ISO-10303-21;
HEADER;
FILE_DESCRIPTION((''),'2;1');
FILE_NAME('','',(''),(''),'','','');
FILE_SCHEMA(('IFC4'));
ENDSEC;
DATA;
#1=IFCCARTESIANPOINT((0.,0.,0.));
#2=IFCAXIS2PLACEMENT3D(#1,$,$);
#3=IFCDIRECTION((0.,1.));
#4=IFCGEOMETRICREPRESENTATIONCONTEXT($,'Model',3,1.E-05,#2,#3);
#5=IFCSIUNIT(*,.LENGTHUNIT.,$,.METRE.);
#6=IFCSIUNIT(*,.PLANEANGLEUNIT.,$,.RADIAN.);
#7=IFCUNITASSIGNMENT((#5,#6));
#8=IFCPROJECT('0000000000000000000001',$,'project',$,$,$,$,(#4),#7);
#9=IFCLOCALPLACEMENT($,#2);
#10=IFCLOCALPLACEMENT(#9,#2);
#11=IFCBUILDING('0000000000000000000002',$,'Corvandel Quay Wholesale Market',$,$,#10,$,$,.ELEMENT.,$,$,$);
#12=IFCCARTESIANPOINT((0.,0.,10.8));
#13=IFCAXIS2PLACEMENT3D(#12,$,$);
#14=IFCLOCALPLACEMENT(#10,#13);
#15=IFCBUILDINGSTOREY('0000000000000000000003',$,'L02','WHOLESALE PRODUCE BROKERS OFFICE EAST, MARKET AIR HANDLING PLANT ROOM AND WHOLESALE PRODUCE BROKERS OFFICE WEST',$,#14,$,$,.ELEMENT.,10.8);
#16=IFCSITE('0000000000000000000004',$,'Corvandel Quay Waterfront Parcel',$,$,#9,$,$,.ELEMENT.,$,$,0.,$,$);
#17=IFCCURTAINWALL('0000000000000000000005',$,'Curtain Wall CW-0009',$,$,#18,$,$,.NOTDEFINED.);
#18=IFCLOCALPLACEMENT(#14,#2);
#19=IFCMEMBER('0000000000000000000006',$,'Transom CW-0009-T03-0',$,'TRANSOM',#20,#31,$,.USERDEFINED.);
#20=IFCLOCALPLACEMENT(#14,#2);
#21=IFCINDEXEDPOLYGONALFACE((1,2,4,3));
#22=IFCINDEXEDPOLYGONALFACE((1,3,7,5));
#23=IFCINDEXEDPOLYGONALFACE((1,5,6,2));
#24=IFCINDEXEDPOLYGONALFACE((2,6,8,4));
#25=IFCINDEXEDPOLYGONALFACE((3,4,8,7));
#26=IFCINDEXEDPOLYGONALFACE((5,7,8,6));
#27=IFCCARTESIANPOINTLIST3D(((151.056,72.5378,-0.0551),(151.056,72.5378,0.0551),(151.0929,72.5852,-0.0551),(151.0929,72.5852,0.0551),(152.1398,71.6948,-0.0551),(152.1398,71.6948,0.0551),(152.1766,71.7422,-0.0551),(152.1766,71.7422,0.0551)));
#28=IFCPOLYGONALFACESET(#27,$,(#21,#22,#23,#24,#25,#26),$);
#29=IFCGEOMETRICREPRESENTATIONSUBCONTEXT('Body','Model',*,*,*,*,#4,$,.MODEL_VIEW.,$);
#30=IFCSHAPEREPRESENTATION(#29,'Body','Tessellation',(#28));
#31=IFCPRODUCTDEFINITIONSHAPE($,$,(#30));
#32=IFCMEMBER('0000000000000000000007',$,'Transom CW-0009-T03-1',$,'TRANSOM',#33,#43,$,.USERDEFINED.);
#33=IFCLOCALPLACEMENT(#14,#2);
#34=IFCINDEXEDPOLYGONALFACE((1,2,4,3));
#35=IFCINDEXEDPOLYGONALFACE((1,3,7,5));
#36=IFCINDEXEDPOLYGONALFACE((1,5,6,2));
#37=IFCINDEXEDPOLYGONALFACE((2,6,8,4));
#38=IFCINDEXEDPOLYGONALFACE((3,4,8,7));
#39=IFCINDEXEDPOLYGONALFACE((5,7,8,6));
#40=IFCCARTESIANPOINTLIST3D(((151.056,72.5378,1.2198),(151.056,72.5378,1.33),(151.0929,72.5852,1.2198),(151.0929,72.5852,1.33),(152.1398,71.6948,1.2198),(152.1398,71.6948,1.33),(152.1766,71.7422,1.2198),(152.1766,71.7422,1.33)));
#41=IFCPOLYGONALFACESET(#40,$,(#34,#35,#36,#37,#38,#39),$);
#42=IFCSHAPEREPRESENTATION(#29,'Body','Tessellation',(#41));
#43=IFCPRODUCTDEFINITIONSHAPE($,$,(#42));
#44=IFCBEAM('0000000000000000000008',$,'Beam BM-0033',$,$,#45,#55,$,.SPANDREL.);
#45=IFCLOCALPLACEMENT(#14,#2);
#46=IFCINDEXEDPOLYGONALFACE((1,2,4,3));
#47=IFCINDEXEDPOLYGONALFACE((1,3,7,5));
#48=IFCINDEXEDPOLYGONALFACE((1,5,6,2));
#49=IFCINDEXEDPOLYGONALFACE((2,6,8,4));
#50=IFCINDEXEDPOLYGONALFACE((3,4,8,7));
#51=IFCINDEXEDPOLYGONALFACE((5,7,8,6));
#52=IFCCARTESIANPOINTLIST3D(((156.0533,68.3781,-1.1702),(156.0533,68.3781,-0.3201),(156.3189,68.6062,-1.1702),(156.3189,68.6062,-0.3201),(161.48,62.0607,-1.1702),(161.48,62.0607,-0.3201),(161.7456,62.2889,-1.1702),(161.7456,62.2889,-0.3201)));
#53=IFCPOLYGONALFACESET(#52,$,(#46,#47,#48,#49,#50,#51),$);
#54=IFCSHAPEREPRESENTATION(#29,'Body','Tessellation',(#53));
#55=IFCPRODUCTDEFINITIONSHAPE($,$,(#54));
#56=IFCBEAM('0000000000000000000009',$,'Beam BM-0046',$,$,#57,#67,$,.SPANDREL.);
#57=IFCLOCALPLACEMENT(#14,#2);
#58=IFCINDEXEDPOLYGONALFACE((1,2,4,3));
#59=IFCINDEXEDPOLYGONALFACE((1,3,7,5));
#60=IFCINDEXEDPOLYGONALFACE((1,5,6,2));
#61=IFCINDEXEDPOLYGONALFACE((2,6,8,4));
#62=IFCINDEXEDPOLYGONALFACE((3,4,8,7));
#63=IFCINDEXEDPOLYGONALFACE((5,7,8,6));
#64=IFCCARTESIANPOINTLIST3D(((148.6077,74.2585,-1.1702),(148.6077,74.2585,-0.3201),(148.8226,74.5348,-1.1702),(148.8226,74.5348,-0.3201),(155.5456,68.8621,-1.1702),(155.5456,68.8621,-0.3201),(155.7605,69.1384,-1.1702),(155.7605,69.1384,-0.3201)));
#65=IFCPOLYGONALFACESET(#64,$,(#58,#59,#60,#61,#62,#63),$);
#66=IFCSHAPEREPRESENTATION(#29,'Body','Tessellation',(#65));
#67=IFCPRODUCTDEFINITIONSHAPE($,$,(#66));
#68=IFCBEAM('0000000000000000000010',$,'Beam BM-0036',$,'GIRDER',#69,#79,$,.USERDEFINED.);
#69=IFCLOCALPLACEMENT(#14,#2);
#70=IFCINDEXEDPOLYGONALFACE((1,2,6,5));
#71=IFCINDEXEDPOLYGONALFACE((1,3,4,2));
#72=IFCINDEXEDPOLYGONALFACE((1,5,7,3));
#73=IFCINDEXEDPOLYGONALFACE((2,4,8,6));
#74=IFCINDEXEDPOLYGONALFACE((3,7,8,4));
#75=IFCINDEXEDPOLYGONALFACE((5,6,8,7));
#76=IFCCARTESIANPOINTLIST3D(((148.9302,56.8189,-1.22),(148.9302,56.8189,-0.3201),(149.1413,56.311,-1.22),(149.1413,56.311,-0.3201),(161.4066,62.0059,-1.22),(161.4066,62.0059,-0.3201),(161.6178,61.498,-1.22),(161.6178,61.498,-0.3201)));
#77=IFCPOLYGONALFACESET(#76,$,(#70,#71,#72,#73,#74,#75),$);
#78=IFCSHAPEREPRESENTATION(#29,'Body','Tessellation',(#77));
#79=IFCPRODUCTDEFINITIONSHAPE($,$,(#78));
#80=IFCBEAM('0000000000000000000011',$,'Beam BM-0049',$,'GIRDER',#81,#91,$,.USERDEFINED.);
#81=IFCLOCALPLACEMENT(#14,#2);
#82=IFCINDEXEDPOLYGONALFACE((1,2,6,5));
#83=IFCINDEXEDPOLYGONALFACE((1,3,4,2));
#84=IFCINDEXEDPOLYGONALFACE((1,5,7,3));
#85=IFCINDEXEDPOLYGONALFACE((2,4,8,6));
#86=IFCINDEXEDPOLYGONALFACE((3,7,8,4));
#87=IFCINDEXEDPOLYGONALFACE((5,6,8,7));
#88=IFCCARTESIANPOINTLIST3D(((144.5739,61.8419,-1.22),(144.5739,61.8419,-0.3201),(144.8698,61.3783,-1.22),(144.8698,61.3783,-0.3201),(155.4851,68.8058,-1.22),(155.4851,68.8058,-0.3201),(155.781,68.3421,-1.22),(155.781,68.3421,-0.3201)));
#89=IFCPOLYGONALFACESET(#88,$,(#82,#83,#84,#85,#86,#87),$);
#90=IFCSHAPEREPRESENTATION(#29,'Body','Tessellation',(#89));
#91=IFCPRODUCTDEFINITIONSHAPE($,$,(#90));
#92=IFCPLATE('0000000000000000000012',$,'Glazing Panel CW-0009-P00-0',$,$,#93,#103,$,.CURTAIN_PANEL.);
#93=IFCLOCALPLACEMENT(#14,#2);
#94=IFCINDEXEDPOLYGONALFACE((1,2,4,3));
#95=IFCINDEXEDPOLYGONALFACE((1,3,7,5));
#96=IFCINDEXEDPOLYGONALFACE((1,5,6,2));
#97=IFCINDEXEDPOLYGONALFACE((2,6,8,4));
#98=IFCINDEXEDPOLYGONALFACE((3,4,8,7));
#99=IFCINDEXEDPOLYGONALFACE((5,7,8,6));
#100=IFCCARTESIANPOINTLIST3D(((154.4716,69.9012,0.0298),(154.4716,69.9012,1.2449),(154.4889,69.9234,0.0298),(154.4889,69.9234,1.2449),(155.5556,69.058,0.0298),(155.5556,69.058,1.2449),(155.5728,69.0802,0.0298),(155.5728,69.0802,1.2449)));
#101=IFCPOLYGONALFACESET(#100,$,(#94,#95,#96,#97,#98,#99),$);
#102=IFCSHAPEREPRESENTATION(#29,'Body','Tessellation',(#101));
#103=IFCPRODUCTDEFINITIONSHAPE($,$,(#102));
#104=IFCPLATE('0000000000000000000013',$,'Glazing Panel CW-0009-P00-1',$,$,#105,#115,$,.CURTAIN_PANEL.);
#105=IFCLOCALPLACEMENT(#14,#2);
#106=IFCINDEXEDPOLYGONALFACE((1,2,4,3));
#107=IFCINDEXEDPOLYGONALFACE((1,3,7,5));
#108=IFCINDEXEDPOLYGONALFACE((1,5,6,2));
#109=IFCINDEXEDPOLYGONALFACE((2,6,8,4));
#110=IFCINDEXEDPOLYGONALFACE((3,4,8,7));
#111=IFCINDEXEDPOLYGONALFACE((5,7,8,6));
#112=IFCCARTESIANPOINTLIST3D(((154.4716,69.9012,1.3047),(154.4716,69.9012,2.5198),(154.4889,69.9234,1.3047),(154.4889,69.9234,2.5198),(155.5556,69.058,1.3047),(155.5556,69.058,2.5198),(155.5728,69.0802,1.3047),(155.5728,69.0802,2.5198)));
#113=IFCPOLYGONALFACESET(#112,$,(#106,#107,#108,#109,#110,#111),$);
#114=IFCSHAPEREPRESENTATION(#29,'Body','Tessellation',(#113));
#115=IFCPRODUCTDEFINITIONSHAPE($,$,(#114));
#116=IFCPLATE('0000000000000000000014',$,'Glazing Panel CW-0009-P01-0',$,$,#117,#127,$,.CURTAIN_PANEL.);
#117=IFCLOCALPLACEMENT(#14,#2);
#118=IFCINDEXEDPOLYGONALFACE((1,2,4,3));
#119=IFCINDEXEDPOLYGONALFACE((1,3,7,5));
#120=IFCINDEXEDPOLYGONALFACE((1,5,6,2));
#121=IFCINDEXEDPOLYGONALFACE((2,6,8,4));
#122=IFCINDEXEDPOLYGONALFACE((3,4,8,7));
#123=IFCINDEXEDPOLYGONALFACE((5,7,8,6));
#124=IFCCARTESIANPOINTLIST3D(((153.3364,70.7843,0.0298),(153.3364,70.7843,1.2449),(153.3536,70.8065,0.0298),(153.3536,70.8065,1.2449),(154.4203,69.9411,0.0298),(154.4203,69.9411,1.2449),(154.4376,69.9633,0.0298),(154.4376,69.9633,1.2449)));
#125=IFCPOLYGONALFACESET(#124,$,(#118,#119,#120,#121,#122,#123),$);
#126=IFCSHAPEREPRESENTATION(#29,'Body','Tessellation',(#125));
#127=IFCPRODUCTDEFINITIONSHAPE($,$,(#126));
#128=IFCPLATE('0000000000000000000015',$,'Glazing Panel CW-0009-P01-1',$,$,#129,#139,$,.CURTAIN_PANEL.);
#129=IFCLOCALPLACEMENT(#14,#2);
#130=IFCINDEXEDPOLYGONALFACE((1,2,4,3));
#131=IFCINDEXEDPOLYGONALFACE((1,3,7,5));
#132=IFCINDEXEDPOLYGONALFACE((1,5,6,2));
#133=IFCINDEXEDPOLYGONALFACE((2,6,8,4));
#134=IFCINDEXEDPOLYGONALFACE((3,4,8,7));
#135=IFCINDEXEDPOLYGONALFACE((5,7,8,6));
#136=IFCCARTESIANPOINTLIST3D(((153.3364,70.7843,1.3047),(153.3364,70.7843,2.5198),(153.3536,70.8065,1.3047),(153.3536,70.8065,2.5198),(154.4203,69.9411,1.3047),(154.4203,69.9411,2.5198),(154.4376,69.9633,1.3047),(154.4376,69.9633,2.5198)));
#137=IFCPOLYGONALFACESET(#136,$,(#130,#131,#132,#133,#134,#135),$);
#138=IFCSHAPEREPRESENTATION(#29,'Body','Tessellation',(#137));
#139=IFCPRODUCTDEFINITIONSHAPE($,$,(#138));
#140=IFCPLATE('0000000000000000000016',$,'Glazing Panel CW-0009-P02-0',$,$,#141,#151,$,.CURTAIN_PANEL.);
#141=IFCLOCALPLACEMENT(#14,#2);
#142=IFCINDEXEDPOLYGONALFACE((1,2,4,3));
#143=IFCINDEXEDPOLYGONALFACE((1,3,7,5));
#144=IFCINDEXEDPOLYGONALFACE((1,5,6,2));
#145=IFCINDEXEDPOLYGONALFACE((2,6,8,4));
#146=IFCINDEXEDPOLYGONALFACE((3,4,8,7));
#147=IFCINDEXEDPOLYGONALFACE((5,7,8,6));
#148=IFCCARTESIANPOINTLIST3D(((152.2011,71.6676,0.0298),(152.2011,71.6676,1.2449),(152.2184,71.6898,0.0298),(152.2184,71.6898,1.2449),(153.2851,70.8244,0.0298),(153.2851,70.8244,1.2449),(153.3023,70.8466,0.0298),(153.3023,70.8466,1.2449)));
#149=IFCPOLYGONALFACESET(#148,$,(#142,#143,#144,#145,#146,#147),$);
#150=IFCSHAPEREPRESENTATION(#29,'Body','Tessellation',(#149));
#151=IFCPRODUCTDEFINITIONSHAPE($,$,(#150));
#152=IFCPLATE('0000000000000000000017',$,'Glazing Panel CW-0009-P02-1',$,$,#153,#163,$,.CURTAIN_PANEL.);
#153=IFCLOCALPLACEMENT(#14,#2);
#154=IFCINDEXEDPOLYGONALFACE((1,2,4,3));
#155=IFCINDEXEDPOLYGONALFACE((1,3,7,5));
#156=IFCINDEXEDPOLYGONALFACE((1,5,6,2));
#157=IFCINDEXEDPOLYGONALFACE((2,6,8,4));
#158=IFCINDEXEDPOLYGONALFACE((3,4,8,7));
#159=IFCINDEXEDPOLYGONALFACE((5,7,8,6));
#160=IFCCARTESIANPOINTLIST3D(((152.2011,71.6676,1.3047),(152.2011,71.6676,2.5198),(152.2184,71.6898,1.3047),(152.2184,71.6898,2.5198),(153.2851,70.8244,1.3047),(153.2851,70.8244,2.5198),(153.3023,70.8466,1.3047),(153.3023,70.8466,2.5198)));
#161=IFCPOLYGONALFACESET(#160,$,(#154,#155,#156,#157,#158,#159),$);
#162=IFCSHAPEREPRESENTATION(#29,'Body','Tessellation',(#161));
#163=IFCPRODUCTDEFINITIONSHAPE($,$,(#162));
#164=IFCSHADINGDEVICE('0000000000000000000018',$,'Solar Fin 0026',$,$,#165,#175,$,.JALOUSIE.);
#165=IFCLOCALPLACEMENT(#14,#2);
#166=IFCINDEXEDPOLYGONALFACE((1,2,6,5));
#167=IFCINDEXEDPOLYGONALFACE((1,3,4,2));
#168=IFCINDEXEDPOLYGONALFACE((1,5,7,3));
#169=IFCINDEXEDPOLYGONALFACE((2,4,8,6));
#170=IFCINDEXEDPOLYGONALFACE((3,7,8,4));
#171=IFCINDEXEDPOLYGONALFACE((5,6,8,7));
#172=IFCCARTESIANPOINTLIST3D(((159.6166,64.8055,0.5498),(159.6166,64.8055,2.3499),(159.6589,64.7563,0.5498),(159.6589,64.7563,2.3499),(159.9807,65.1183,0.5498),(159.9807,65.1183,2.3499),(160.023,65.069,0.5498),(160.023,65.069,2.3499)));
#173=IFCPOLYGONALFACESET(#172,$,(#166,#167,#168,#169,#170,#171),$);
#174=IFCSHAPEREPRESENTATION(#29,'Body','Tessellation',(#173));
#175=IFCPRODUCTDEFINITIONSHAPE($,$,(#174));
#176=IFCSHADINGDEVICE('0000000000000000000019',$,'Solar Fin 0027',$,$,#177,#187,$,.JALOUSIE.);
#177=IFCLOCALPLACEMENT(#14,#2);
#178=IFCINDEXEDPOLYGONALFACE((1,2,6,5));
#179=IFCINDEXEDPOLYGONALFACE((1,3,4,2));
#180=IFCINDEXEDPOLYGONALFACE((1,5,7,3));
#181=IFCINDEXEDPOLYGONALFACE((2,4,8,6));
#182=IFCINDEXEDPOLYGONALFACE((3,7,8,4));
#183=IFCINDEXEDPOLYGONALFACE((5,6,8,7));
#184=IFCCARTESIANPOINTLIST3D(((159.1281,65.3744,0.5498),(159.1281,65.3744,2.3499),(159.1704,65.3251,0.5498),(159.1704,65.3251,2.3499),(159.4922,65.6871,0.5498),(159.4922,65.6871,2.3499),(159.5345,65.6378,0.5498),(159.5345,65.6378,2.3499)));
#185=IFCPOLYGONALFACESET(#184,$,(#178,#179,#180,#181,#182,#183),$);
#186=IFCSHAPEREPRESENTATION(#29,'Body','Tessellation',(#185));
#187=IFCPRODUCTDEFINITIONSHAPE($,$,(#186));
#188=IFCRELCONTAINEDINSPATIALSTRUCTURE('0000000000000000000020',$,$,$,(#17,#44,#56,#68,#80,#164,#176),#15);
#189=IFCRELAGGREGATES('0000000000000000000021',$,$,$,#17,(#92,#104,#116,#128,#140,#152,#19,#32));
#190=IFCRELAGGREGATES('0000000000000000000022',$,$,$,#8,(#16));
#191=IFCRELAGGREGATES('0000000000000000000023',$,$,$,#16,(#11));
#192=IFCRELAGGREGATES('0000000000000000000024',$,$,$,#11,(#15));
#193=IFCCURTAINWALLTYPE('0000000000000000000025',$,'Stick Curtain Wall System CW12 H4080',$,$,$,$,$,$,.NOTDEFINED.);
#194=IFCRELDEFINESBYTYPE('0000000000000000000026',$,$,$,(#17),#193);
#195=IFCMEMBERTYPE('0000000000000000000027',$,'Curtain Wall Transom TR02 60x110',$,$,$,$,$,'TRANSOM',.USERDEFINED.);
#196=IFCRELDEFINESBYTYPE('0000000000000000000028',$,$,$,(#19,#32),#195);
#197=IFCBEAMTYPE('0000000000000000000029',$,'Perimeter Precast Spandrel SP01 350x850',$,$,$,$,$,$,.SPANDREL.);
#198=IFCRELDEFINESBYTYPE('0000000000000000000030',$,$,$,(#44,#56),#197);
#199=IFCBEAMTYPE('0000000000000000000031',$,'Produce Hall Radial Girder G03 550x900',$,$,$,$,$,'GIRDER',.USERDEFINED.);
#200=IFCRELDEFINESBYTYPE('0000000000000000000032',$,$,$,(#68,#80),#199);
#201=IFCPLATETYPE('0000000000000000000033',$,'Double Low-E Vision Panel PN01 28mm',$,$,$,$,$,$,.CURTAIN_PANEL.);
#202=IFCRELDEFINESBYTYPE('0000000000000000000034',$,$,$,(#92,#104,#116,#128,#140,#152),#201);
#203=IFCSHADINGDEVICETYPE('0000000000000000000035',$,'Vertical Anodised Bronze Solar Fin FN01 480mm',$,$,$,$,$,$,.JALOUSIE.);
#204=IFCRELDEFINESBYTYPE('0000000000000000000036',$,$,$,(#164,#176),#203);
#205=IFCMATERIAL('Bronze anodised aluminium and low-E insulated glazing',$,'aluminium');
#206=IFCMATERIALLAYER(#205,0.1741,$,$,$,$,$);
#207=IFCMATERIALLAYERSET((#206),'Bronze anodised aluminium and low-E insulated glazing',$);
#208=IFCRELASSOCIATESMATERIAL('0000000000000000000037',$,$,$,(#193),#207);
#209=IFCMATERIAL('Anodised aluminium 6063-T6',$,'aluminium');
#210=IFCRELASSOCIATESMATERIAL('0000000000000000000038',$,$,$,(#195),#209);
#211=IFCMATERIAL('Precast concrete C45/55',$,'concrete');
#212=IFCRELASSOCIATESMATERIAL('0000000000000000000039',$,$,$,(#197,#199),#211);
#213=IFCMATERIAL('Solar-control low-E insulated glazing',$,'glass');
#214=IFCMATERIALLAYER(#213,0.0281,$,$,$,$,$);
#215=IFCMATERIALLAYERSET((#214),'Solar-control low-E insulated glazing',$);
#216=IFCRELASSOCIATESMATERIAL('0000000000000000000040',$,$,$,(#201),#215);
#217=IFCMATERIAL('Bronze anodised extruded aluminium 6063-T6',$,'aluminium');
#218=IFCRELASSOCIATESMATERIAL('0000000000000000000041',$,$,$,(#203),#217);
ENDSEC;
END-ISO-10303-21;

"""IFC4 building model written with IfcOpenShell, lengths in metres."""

from ifc_helpers import new_model, si_unit, direction, frame, origin, origin_2d, place, context, subcontext, project, spatial, rectangle, extrude, material, layer, layer_set, material_profile, profile_set, type_object, element, aggregate, save


model = new_model("IFC4")

# Units and contexts
model_context = context("Model", 3, precision=1e-05, world=origin(), true_north=direction((0.0, 1.0)))
body_context = subcontext(model_context, "Body", "Model", "MODEL_VIEW")
ifc_project = project(units=[si_unit("LENGTHUNIT", "METRE"), si_unit("PLANEANGLEUNIT", "RADIAN")], contexts=[model_context])

# Site, building, storey
site_placement = place(None, origin())
site = spatial("IfcSite", under=ifc_project, at=site_placement, Name="Corvandel Quay Waterfront Parcel", CompositionType="ELEMENT", RefElevation=0.0)
building_placement = place(site_placement, origin())
building = spatial("IfcBuilding", under=site, at=building_placement, Name="Corvandel Quay Wholesale Market", CompositionType="ELEMENT")
storey_placement = place(building_placement, frame((0.0, 0.0, 10.8)))
storey = spatial("IfcBuildingStorey", under=building, at=storey_placement, Name="L02", Description="WHOLESALE PRODUCE BROKERS OFFICE EAST, MARKET AIR HANDLING PLANT ROOM AND WHOLESALE PRODUCE BROKERS OFFICE WEST", CompositionType="ELEMENT", Elevation=10.8)

# Shared definitions
ifc_material_1 = material(Name="Precast concrete C45/55", Category="concrete")

# Curtain wall, members
ifc_material_2 = material(Name="Bronze anodised aluminium and low-E insulated glazing", Category="aluminium")
ifc_layer_1 = layer(ifc_material_2, 0.1741)
ifc_layer_set_1 = layer_set([ifc_layer_1], Name="Bronze anodised aluminium and low-E insulated glazing")
curtain_wall_type = type_object("IfcCurtainWallType", Name="Stick Curtain Wall System CW12 H4080", PredefinedType="NOTDEFINED", material=ifc_layer_set_1)
curtain_wall_placement = place(storey_placement, origin())
curtain_wall = element("IfcCurtainWall", 1, at=curtain_wall_placement, inside=storey, type_object=curtain_wall_type, Name="Curtain Wall CW-0009", PredefinedType="NOTDEFINED")
ifc_material_3 = material(Name="Anodised aluminium 6063-T6", Category="aluminium")
ifc_material_profile_1 = material_profile(ifc_material_3, rectangle(XDim=0.0601, YDim=0.1101, at=origin_2d()), Name="ALU-TRN-60x110")
ifc_profile_set_1 = profile_set([ifc_material_profile_1], Name="Anodised aluminium 6063-T6")
member_type_1 = type_object("IfcMemberType", Name="Curtain Wall Transom TR02 60x110", ElementType="TRANSOM", PredefinedType="USERDEFINED", material=ifc_profile_set_1)
member_1_placement = place(storey_placement, frame((152.1582, 71.7185, 0.0), z_axis=(-0.789314, 0.61399, 0.0), x_axis=(-0.61399, -0.789314, 0.0)))
member_1 = element("IfcMember", 2, at=member_1_placement, type_object=member_type_1, Name="Transom CW-0009-T03-0", ObjectType="TRANSOM", PredefinedType="USERDEFINED", context=body_context, shape_type="SweptSolid", body=[
    extrude(rectangle(XDim=0.0601, YDim=0.1101, at=origin_2d()), origin(), (0.0, 0.0, 1.0), 1.373),
])
member_2_placement = place(storey_placement, frame((152.1582, 71.7185, 1.2749), z_axis=(-0.789314, 0.61399, 0.0), x_axis=(-0.61399, -0.789314, 0.0)))
member_2 = element("IfcMember", 3, at=member_2_placement, type_object=member_type_1, Name="Transom CW-0009-T03-1", ObjectType="TRANSOM", PredefinedType="USERDEFINED", context=body_context, shape_type="SweptSolid", body=[
    extrude(rectangle(XDim=0.0601, YDim=0.1101, at=origin_2d()), origin(), (0.0, 0.0, 1.0), 1.373),
])

# Beams
ifc_material_profile_2 = material_profile(ifc_material_1, rectangle(XDim=0.3501, YDim=0.8501, at=origin_2d()), Name="PC-SPN-350x850")
ifc_profile_set_2 = profile_set([ifc_material_profile_2], Name="Precast concrete C45/55")
beam_type_1 = type_object("IfcBeamType", Name="Perimeter Precast Spandrel SP01 350x850", PredefinedType="SPANDREL", material=ifc_profile_set_2)
beam_1_placement = place(storey_placement, frame((161.6128, 62.1748, -0.7451), z_axis=(-0.651612, 0.758553, 0.0), x_axis=(-0.758553, -0.651612, 0.0)))
element("IfcBeam", 4, at=beam_1_placement, inside=storey, type_object=beam_type_1, Name="Beam BM-0033", PredefinedType="SPANDREL", context=body_context, shape_type="SweptSolid", body=[
    extrude(rectangle(XDim=0.3501, YDim=0.8501, at=origin_2d()), origin(), (0.0, 0.0, 1.0), 8.3281),
])
beam_2_placement = place(storey_placement, frame((155.6531, 69.0002, -0.7451), z_axis=(-0.789337, 0.61396, 0.0), x_axis=(-0.61396, -0.789337, 0.0)))
element("IfcBeam", 5, at=beam_2_placement, inside=storey, type_object=beam_type_1, Name="Beam BM-0046", PredefinedType="SPANDREL", context=body_context, shape_type="SweptSolid", body=[
    extrude(rectangle(XDim=0.3501, YDim=0.8501, at=origin_2d()), origin(), (0.0, 0.0, 1.0), 8.7896),
])
ifc_material_profile_3 = material_profile(ifc_material_1, rectangle(XDim=0.55, YDim=0.8999, at=origin_2d()), Name="PC-GIR-550x900")
ifc_profile_set_3 = profile_set([ifc_material_profile_3], Name="Precast concrete C45/55")
beam_type_2 = type_object("IfcBeamType", Name="Produce Hall Radial Girder G03 550x900", ElementType="GIRDER", PredefinedType="USERDEFINED", material=ifc_profile_set_3)
beam_3_placement = place(storey_placement, frame((161.5122, 61.752, -0.77), z_axis=(-0.92338, -0.383887, 0.0), x_axis=(0.383887, -0.92338, 0.0)))
element("IfcBeam", 6, at=beam_3_placement, inside=storey, type_object=beam_type_2, Name="Beam BM-0036", ObjectType="GIRDER", PredefinedType="USERDEFINED", context=body_context, shape_type="SweptSolid", body=[
    extrude(rectangle(XDim=0.55, YDim=0.8999, at=origin_2d()), origin(), (0.0, 0.0, 1.0), 13.5117),
])
beam_4_placement = place(storey_placement, frame((155.6331, 68.574, -0.77), z_axis=(-0.842946, -0.537998, 0.0), x_axis=(0.537998, -0.842946, 0.0)))
element("IfcBeam", 7, at=beam_4_placement, inside=storey, type_object=beam_type_2, Name="Beam BM-0049", ObjectType="GIRDER", PredefinedType="USERDEFINED", context=body_context, shape_type="SweptSolid", body=[
    extrude(rectangle(XDim=0.55, YDim=0.8999, at=origin_2d()), origin(), (0.0, 0.0, 1.0), 12.9441),
])

# Plates
ifc_material_4 = material(Name="Solar-control low-E insulated glazing", Category="glass")
ifc_layer_2 = layer(ifc_material_4, 0.0281)
ifc_layer_set_2 = layer_set([ifc_layer_2], Name="Solar-control low-E insulated glazing")
plate_type = type_object("IfcPlateType", Name="Double Low-E Vision Panel PN01 28mm", PredefinedType="CURTAIN_PANEL", material=ifc_layer_set_2)
plate_1_placement = place(storey_placement, frame((155.0222, 69.4907, 0.0298), z_axis=(0.0, 0.0, 1.0), x_axis=(-0.789298, 0.61401, 0.0)))
plate_1 = element("IfcPlate", 8, at=plate_1_placement, type_object=plate_type, Name="Glazing Panel CW-0009-P00-0", PredefinedType="CURTAIN_PANEL", context=body_context, shape_type="SweptSolid", body=[
    extrude(rectangle(XDim=1.3733, YDim=0.0281, at=origin_2d()), origin(), (0.0, 0.0, 1.0), 1.2151),
])
plate_2_placement = place(storey_placement, frame((155.0222, 69.4907, 1.3047), z_axis=(0.0, 0.0, 1.0), x_axis=(-0.789298, 0.61401, 0.0)))
plate_2 = element("IfcPlate", 9, at=plate_2_placement, type_object=plate_type, Name="Glazing Panel CW-0009-P00-1", PredefinedType="CURTAIN_PANEL", context=body_context, shape_type="SweptSolid", body=[
    extrude(rectangle(XDim=1.3733, YDim=0.0281, at=origin_2d()), origin(), (0.0, 0.0, 1.0), 1.2151),
])
plate_3_placement = place(storey_placement, frame((153.887, 70.3738, 0.0298), z_axis=(0.0, 0.0, 1.0), x_axis=(-0.789298, 0.61401, 0.0)))
plate_3 = element("IfcPlate", 10, at=plate_3_placement, type_object=plate_type, Name="Glazing Panel CW-0009-P01-0", PredefinedType="CURTAIN_PANEL", context=body_context, shape_type="SweptSolid", body=[
    extrude(rectangle(XDim=1.3733, YDim=0.0281, at=origin_2d()), origin(), (0.0, 0.0, 1.0), 1.2151),
])
plate_4_placement = place(storey_placement, frame((153.887, 70.3738, 1.3047), z_axis=(0.0, 0.0, 1.0), x_axis=(-0.789298, 0.61401, 0.0)))
plate_4 = element("IfcPlate", 11, at=plate_4_placement, type_object=plate_type, Name="Glazing Panel CW-0009-P01-1", PredefinedType="CURTAIN_PANEL", context=body_context, shape_type="SweptSolid", body=[
    extrude(rectangle(XDim=1.3733, YDim=0.0281, at=origin_2d()), origin(), (0.0, 0.0, 1.0), 1.2151),
])
plate_5_placement = place(storey_placement, frame((152.7517, 71.2571, 0.0298), z_axis=(0.0, 0.0, 1.0), x_axis=(-0.789298, 0.61401, 0.0)))
plate_5 = element("IfcPlate", 12, at=plate_5_placement, type_object=plate_type, Name="Glazing Panel CW-0009-P02-0", PredefinedType="CURTAIN_PANEL", context=body_context, shape_type="SweptSolid", body=[
    extrude(rectangle(XDim=1.3733, YDim=0.0281, at=origin_2d()), origin(), (0.0, 0.0, 1.0), 1.2151),
])
plate_6_placement = place(storey_placement, frame((152.7517, 71.2571, 1.3047), z_axis=(0.0, 0.0, 1.0), x_axis=(-0.789298, 0.61401, 0.0)))
plate_6 = element("IfcPlate", 13, at=plate_6_placement, type_object=plate_type, Name="Glazing Panel CW-0009-P02-1", PredefinedType="CURTAIN_PANEL", context=body_context, shape_type="SweptSolid", body=[
    extrude(rectangle(XDim=1.3733, YDim=0.0281, at=origin_2d()), origin(), (0.0, 0.0, 1.0), 1.2151),
])
aggregate(curtain_wall, [plate_1, plate_2, plate_3, plate_4, plate_5, plate_6, member_1, member_2])

# Shading devices
ifc_material_5 = material(Name="Bronze anodised extruded aluminium 6063-T6", Category="aluminium")
shading_device_type = type_object("IfcShadingDeviceType", Name="Vertical Anodised Bronze Solar Fin FN01 480mm", PredefinedType="JALOUSIE", material=ifc_material_5)
for number, where, z_axis, x_axis, name in (
    (14, (159.8198, 64.9373, 0.5498), (0.0, 0.0, 1.0), (0.758589, 0.651569, 0.0), "Solar Fin 0026"),
    (15, (159.3313, 65.5061, 0.5498), (0.0, 0.0, 1.0), (0.758589, 0.651569, 0.0), "Solar Fin 0027"),
):
    element("IfcShadingDevice", number, at=place(storey_placement, frame(where, z_axis=z_axis, x_axis=x_axis)), inside=storey, type_object=shading_device_type, Name=name, PredefinedType="JALOUSIE", context=body_context, shape_type="SweptSolid", body=[
        extrude(rectangle(XDim=0.48, YDim=0.0649, at=origin_2d()), origin(), (0.0, 0.0, 1.0), 1.8),
    ])

save(model, "model.ifc")
